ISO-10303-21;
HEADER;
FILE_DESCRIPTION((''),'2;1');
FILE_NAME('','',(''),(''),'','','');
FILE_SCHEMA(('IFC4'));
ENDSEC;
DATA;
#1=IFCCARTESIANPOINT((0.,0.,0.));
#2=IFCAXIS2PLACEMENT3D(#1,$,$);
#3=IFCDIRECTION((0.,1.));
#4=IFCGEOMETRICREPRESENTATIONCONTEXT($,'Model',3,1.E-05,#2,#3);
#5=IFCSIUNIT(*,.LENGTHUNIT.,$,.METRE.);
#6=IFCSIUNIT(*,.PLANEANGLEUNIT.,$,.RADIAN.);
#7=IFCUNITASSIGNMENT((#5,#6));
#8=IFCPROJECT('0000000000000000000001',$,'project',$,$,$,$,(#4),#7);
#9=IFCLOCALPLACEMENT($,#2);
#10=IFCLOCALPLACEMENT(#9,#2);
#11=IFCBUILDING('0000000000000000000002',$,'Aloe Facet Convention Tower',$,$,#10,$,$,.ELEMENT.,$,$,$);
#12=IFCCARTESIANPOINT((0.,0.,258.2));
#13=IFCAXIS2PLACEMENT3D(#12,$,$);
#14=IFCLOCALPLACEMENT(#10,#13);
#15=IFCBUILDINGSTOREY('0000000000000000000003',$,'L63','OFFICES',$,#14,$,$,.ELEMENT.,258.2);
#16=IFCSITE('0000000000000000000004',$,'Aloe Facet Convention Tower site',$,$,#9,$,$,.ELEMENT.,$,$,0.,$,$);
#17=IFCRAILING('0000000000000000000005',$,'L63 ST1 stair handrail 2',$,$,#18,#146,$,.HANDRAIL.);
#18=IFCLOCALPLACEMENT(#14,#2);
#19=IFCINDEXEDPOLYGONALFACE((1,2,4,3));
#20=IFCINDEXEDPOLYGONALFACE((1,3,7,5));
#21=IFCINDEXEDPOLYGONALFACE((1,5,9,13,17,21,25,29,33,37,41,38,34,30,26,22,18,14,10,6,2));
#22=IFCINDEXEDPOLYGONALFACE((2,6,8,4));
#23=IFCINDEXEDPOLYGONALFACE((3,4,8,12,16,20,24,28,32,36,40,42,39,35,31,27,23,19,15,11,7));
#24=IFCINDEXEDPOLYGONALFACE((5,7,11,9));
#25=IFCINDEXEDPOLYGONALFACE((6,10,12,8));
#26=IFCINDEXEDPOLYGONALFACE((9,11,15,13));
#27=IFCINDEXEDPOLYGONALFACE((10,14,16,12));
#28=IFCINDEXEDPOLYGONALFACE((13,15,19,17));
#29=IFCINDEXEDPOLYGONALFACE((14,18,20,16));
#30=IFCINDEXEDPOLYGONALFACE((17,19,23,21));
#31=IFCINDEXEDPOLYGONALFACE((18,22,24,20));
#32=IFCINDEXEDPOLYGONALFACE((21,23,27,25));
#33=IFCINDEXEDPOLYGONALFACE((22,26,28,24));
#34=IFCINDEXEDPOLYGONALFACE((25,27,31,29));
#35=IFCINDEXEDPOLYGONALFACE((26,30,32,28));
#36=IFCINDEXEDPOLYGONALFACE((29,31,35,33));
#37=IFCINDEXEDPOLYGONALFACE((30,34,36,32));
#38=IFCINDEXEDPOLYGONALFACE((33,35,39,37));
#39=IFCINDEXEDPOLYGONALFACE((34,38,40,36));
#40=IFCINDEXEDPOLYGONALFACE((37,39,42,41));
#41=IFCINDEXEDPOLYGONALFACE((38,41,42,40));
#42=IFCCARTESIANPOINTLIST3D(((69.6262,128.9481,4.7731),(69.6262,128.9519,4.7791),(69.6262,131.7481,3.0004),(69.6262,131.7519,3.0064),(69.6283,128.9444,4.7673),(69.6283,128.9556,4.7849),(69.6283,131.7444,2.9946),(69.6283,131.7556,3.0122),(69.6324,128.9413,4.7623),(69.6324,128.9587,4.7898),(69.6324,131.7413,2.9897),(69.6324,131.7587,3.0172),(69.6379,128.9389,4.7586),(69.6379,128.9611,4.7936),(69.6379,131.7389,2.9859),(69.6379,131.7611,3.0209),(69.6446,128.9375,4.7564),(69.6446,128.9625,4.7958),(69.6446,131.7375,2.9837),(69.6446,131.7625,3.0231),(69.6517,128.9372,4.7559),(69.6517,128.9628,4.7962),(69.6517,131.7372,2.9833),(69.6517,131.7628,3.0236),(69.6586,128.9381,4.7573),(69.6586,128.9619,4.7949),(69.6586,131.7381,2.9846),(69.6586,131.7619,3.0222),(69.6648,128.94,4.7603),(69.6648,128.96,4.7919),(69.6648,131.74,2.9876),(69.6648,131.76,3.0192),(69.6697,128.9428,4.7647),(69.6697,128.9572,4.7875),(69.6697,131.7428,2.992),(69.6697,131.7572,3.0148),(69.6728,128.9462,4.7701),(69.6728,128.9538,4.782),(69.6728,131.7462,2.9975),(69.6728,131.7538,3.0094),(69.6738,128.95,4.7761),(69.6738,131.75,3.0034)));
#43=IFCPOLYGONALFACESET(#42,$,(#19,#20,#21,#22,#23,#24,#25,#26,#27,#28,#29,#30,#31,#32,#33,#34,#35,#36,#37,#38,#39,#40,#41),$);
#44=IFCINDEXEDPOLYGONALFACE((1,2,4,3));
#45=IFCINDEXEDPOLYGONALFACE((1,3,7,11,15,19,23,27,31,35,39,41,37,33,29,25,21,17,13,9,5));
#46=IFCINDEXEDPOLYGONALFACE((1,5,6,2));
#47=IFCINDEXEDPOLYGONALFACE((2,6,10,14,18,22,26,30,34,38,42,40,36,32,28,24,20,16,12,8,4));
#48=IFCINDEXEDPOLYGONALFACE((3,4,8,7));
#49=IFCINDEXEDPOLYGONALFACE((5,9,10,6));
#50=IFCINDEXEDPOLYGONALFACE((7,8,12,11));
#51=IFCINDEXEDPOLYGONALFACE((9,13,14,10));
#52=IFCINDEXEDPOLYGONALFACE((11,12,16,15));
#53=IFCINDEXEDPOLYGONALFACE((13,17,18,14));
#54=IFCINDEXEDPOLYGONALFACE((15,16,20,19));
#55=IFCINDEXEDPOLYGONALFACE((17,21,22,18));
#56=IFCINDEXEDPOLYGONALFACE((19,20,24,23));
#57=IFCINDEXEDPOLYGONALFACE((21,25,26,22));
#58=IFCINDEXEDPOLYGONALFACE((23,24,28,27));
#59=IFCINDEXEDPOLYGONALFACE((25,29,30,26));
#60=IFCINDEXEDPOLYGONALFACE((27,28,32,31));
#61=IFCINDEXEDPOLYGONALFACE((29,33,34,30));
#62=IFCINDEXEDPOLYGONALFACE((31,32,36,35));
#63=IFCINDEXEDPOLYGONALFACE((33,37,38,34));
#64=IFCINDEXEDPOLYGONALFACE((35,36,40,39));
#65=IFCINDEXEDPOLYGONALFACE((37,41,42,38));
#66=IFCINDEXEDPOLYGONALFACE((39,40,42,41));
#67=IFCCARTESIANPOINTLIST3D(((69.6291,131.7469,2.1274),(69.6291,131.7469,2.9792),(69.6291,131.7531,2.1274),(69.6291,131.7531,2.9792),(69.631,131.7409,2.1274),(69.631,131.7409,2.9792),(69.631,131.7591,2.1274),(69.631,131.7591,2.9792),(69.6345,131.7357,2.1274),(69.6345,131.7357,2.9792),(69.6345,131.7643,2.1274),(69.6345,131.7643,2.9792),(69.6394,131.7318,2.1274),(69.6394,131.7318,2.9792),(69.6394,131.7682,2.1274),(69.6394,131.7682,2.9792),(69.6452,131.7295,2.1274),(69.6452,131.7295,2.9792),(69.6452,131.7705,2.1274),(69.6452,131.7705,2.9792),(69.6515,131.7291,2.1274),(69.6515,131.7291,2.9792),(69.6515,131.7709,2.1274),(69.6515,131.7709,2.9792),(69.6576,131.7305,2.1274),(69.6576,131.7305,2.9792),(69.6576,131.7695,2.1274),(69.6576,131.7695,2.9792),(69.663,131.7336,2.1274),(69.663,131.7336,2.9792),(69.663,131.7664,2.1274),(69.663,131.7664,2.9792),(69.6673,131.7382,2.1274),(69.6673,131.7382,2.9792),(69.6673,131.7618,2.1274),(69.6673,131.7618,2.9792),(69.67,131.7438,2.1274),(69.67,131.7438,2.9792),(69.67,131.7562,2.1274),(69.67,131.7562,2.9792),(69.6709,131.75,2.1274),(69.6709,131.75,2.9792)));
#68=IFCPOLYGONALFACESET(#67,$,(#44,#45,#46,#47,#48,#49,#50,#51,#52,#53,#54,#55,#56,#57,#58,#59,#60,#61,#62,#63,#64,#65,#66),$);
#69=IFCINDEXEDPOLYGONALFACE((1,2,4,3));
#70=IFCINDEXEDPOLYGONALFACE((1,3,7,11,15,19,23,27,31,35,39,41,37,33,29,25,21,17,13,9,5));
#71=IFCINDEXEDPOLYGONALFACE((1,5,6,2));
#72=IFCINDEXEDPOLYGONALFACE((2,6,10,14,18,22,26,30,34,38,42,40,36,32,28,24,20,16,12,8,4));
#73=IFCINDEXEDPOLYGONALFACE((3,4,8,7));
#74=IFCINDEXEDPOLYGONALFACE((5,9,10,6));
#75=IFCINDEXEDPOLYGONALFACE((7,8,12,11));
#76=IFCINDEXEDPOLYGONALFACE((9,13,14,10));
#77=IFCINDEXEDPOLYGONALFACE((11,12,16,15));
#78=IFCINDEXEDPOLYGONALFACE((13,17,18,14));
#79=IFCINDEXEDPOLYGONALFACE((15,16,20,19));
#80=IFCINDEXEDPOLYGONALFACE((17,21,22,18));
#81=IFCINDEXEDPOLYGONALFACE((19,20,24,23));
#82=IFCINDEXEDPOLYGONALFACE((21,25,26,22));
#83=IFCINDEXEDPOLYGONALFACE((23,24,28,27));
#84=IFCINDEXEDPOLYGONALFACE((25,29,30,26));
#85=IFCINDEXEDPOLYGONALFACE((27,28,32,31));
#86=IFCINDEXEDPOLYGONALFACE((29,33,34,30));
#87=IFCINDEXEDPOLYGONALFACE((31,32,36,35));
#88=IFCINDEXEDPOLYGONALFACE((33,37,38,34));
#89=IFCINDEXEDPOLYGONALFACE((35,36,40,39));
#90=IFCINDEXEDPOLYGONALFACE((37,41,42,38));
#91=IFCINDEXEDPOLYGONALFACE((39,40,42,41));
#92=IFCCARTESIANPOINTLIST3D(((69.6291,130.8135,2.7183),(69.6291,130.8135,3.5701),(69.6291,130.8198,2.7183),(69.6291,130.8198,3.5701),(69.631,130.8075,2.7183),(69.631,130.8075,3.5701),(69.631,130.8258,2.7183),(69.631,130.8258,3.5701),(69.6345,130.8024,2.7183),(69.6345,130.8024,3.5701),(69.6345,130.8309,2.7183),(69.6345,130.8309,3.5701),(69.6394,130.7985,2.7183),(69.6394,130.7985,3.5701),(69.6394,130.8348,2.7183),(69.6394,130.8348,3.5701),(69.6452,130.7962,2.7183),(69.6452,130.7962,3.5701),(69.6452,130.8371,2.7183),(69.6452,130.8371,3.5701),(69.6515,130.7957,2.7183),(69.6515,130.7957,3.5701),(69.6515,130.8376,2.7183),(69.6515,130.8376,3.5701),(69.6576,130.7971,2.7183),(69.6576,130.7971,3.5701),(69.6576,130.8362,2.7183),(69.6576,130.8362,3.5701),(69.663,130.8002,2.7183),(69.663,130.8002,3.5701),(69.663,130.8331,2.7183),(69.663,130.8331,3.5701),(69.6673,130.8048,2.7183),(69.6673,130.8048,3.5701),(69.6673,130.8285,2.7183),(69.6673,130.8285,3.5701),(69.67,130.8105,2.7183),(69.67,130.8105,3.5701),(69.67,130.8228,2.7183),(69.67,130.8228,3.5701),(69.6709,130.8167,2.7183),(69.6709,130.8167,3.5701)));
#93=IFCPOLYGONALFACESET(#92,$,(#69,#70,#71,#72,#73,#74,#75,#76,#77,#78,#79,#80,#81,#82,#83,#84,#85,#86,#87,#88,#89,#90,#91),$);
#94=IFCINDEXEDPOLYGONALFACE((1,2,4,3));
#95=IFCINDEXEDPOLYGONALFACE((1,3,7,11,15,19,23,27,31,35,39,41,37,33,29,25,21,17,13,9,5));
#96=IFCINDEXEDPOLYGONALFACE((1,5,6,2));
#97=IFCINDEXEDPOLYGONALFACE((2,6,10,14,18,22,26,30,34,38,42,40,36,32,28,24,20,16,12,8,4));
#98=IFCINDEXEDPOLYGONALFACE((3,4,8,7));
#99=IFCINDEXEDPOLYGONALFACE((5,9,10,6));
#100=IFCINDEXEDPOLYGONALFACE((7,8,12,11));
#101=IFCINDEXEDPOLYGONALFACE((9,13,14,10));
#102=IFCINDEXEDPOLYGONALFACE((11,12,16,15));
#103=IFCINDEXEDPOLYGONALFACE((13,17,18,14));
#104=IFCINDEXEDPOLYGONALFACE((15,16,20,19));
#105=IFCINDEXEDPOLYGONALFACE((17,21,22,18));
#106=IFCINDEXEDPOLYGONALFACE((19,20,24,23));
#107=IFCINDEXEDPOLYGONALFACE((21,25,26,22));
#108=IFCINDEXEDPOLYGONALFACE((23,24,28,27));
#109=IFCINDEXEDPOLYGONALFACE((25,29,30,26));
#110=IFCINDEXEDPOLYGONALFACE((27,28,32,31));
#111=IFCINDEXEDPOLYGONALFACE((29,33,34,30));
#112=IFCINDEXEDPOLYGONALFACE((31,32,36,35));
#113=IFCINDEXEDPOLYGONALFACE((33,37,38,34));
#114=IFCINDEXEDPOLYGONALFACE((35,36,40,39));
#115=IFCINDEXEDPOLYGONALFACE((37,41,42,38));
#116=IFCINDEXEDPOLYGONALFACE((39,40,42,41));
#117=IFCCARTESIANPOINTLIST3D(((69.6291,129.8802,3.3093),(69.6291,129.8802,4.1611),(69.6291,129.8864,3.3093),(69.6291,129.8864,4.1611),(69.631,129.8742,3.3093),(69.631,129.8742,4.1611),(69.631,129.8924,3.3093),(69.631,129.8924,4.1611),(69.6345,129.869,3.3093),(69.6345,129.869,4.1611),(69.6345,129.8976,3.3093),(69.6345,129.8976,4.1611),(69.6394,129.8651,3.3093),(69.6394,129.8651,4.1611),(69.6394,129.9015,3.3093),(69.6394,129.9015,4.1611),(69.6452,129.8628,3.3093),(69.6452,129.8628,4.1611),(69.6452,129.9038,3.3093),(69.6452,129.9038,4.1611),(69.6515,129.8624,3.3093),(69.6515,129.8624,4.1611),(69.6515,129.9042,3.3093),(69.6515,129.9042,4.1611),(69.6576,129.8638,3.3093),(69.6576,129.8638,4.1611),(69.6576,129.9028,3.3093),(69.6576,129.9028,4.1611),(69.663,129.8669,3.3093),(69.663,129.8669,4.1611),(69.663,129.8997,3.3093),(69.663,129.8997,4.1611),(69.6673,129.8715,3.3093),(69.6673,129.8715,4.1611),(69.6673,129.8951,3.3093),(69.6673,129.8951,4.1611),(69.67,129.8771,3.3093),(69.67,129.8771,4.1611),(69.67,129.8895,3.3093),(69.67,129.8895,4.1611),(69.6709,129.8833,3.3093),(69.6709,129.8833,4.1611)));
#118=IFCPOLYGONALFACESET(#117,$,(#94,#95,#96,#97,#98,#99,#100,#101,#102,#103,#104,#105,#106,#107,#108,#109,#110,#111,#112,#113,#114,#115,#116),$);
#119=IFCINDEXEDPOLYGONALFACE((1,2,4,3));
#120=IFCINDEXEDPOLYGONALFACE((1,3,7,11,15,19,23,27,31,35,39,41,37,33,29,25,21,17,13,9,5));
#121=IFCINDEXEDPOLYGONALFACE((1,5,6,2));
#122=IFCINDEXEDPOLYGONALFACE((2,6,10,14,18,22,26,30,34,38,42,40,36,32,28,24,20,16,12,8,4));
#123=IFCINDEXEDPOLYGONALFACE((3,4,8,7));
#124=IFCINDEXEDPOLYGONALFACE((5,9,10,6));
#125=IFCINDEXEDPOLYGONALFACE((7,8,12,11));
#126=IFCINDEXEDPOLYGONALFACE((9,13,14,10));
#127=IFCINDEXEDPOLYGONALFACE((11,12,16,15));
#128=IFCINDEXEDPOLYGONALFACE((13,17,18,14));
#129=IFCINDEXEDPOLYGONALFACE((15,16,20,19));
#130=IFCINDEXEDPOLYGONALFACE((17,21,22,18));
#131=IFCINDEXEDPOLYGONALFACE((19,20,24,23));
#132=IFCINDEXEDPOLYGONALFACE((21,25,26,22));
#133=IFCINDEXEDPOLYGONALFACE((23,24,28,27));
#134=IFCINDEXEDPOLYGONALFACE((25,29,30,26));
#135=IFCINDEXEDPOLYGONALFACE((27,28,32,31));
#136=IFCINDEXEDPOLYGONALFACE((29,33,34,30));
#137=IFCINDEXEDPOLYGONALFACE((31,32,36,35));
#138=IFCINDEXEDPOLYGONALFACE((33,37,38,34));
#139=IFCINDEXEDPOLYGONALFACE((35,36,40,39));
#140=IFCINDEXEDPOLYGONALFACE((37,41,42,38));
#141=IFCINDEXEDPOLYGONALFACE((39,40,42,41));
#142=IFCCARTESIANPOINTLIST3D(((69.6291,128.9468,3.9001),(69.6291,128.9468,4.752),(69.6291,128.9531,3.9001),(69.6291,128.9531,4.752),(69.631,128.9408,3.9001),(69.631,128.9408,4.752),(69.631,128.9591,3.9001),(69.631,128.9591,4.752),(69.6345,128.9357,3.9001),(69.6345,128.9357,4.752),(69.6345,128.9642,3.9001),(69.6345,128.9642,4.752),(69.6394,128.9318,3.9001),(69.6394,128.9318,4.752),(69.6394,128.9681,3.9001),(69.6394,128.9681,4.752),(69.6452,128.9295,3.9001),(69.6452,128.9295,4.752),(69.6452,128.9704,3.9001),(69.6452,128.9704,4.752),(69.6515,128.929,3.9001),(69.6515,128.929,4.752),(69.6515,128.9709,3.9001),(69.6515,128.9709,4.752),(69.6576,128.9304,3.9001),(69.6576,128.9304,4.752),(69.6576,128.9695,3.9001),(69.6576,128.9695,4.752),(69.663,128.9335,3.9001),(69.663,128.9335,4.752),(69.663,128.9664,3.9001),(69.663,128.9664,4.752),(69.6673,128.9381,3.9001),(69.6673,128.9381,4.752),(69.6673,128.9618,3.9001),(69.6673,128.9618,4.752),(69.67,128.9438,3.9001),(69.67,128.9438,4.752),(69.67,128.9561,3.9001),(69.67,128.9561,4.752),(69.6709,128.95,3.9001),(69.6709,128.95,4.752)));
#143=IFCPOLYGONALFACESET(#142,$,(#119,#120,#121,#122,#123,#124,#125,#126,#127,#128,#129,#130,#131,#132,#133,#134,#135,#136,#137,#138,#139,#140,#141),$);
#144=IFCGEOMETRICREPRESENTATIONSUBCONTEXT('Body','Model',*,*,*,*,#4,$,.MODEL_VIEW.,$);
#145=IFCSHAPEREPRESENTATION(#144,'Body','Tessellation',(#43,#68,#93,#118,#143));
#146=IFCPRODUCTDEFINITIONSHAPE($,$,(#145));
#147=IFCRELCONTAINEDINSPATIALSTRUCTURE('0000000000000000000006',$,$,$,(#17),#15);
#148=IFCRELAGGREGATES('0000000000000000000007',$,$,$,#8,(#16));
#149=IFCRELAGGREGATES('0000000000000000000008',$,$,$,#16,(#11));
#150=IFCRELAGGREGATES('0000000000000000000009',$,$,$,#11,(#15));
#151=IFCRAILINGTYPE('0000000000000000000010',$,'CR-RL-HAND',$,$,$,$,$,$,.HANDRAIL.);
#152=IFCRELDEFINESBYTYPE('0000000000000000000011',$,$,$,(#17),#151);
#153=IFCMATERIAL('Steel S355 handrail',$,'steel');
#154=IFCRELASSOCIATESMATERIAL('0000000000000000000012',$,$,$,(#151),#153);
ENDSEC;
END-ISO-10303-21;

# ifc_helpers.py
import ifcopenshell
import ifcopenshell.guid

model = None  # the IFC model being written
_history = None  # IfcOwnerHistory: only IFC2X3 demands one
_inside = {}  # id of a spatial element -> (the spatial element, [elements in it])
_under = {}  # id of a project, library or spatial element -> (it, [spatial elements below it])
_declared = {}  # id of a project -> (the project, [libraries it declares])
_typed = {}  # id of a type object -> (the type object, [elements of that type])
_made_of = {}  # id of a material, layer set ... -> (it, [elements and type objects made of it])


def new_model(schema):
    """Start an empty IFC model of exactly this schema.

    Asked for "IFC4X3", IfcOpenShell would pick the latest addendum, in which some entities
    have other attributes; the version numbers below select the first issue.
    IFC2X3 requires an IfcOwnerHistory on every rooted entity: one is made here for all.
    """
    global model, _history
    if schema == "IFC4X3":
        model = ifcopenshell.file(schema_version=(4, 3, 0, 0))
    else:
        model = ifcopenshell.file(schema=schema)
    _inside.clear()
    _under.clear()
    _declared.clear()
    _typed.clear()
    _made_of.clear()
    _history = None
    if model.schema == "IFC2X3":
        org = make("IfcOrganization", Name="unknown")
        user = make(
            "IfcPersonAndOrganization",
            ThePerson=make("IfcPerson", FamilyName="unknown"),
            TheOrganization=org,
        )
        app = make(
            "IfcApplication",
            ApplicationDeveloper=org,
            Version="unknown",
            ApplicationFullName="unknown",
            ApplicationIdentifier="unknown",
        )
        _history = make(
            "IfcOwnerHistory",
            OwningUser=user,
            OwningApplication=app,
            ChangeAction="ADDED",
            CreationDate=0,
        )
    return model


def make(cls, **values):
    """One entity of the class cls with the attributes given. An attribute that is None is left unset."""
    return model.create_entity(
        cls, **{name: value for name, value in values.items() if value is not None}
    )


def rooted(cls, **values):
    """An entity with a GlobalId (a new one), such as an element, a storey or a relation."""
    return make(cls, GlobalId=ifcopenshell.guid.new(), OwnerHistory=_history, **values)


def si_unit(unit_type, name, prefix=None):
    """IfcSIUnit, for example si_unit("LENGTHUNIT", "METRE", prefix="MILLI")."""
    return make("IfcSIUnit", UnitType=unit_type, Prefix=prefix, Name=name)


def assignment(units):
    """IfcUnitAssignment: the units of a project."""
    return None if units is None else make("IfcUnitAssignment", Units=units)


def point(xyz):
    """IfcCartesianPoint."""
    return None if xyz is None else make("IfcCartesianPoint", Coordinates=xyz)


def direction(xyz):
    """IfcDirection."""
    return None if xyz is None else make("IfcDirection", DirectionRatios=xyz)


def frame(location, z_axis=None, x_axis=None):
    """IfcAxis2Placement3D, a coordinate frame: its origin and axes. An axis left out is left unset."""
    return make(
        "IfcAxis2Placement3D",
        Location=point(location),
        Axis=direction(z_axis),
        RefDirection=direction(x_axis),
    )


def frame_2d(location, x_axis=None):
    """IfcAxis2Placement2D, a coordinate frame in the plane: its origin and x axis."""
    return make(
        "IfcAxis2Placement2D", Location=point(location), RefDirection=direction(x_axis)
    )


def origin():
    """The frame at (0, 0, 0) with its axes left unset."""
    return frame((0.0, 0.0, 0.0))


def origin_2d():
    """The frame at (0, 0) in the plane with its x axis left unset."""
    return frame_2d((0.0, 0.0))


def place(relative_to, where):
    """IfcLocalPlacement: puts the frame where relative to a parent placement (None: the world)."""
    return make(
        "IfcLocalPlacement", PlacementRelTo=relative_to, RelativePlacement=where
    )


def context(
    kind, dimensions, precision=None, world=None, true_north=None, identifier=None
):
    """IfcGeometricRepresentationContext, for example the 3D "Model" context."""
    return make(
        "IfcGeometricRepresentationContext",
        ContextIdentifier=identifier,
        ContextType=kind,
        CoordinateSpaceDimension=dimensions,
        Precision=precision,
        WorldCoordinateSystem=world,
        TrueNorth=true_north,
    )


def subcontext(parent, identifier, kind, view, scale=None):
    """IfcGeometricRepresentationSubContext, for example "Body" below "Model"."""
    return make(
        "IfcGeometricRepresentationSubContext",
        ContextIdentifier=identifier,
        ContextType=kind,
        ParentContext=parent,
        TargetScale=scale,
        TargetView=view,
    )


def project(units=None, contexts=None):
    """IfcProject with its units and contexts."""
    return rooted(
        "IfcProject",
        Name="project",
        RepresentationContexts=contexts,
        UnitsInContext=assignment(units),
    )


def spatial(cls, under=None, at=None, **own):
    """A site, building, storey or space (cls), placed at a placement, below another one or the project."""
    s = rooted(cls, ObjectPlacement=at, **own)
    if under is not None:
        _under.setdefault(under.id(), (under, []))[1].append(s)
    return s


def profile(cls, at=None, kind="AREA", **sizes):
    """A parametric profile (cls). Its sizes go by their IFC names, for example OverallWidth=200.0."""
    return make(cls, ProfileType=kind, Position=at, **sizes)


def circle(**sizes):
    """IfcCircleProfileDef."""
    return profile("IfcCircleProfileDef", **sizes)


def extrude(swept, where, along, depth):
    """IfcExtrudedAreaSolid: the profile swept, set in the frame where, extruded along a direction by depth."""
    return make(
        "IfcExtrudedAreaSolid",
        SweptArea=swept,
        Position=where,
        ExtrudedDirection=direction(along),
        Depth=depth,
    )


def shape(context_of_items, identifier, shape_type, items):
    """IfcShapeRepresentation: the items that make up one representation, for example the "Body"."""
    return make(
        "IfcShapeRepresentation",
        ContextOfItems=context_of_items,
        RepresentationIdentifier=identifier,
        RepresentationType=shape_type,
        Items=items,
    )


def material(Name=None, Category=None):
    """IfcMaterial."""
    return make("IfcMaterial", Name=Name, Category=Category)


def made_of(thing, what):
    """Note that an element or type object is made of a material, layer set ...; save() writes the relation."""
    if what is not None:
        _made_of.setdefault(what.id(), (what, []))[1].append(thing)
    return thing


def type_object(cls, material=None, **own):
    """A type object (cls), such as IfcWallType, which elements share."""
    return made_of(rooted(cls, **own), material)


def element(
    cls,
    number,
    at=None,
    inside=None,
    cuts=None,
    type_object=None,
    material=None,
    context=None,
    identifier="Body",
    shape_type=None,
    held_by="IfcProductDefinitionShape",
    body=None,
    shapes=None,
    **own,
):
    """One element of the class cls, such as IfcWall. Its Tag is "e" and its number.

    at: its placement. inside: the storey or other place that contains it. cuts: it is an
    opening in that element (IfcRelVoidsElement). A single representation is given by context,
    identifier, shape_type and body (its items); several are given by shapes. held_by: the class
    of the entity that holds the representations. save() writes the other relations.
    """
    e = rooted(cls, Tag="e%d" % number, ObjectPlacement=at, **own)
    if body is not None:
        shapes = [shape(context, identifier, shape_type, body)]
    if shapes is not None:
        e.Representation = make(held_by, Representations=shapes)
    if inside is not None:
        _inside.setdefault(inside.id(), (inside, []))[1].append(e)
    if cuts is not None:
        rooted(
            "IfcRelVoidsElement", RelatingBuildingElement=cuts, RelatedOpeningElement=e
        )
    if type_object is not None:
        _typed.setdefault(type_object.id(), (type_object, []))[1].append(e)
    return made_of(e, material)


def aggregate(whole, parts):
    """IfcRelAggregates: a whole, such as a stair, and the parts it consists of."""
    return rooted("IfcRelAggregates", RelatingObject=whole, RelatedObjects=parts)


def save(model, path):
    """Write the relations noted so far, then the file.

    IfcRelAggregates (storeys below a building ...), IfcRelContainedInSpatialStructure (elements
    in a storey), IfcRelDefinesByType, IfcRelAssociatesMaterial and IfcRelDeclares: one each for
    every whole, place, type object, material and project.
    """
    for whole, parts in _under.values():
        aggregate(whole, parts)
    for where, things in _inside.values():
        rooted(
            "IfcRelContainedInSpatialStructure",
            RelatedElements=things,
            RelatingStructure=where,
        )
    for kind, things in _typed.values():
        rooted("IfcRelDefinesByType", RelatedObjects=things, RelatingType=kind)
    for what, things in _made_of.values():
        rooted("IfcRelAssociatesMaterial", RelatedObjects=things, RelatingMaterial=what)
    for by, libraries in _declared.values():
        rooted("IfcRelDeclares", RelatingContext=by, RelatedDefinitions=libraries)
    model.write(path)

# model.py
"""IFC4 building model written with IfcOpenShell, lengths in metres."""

from ifc_helpers import new_model, si_unit, direction, frame, origin, origin_2d, place, context, subcontext, project, spatial, circle, extrude, material, type_object, element, save


model = new_model("IFC4")

# Units and contexts
model_context = context("Model", 3, precision=1e-05, world=origin(), true_north=direction((0.0, 1.0)))
body_context = subcontext(model_context, "Body", "Model", "MODEL_VIEW")
ifc_project = project(units=[si_unit("LENGTHUNIT", "METRE"), si_unit("PLANEANGLEUNIT", "RADIAN")], contexts=[model_context])

# Site, building, storey
site_placement = place(None, origin())
site = spatial("IfcSite", under=ifc_project, at=site_placement, Name="Aloe Facet Convention Tower site", CompositionType="ELEMENT", RefElevation=0.0)
building_placement = place(site_placement, origin())
building = spatial("IfcBuilding", under=site, at=building_placement, Name="Aloe Facet Convention Tower", CompositionType="ELEMENT")
storey_placement = place(building_placement, frame((0.0, 0.0, 258.2)))
storey = spatial("IfcBuildingStorey", under=building, at=storey_placement, Name="L63", Description="OFFICES", CompositionType="ELEMENT", Elevation=258.2)

# Railing
ifc_material_1 = material(Name="Steel S355 handrail", Category="steel")
railing_type_1 = type_object("IfcRailingType", Name="CR-RL-HAND", PredefinedType="HANDRAIL", material=ifc_material_1)
railing_1_placement = place(storey_placement, frame((69.6499, 131.75, 2.1274)))
element("IfcRailing", 1, at=railing_1_placement, inside=storey, type_object=railing_type_1, Name="L63 ST1 stair handrail 2", PredefinedType="HANDRAIL", context=body_context, shape_type="SweptSolid", body=[
    extrude(circle(Radius=0.0239, at=origin_2d()), frame((0.0, 0.0, 0.876), z_axis=(0.0, -0.844909, 0.53491), x_axis=(1.0, 0.0, 0.0)), (0.0, 0.0, 1.0), 3.314),
    extrude(circle(Radius=0.021, at=origin_2d()), origin(), (0.0, 0.0, 1.0), 0.8518),
    extrude(circle(Radius=0.021, at=origin_2d()), frame((0.0, -0.9333, 0.5908)), (0.0, 0.0, 1.0), 0.8518),
    extrude(circle(Radius=0.021, at=origin_2d()), frame((0.0, -1.8667, 1.1819)), (0.0, 0.0, 1.0), 0.8518),
    extrude(circle(Radius=0.021, at=origin_2d()), frame((0.0, -2.8, 1.7727)), (0.0, 0.0, 1.0), 0.8518),
])

save(model, "model.ifc")
